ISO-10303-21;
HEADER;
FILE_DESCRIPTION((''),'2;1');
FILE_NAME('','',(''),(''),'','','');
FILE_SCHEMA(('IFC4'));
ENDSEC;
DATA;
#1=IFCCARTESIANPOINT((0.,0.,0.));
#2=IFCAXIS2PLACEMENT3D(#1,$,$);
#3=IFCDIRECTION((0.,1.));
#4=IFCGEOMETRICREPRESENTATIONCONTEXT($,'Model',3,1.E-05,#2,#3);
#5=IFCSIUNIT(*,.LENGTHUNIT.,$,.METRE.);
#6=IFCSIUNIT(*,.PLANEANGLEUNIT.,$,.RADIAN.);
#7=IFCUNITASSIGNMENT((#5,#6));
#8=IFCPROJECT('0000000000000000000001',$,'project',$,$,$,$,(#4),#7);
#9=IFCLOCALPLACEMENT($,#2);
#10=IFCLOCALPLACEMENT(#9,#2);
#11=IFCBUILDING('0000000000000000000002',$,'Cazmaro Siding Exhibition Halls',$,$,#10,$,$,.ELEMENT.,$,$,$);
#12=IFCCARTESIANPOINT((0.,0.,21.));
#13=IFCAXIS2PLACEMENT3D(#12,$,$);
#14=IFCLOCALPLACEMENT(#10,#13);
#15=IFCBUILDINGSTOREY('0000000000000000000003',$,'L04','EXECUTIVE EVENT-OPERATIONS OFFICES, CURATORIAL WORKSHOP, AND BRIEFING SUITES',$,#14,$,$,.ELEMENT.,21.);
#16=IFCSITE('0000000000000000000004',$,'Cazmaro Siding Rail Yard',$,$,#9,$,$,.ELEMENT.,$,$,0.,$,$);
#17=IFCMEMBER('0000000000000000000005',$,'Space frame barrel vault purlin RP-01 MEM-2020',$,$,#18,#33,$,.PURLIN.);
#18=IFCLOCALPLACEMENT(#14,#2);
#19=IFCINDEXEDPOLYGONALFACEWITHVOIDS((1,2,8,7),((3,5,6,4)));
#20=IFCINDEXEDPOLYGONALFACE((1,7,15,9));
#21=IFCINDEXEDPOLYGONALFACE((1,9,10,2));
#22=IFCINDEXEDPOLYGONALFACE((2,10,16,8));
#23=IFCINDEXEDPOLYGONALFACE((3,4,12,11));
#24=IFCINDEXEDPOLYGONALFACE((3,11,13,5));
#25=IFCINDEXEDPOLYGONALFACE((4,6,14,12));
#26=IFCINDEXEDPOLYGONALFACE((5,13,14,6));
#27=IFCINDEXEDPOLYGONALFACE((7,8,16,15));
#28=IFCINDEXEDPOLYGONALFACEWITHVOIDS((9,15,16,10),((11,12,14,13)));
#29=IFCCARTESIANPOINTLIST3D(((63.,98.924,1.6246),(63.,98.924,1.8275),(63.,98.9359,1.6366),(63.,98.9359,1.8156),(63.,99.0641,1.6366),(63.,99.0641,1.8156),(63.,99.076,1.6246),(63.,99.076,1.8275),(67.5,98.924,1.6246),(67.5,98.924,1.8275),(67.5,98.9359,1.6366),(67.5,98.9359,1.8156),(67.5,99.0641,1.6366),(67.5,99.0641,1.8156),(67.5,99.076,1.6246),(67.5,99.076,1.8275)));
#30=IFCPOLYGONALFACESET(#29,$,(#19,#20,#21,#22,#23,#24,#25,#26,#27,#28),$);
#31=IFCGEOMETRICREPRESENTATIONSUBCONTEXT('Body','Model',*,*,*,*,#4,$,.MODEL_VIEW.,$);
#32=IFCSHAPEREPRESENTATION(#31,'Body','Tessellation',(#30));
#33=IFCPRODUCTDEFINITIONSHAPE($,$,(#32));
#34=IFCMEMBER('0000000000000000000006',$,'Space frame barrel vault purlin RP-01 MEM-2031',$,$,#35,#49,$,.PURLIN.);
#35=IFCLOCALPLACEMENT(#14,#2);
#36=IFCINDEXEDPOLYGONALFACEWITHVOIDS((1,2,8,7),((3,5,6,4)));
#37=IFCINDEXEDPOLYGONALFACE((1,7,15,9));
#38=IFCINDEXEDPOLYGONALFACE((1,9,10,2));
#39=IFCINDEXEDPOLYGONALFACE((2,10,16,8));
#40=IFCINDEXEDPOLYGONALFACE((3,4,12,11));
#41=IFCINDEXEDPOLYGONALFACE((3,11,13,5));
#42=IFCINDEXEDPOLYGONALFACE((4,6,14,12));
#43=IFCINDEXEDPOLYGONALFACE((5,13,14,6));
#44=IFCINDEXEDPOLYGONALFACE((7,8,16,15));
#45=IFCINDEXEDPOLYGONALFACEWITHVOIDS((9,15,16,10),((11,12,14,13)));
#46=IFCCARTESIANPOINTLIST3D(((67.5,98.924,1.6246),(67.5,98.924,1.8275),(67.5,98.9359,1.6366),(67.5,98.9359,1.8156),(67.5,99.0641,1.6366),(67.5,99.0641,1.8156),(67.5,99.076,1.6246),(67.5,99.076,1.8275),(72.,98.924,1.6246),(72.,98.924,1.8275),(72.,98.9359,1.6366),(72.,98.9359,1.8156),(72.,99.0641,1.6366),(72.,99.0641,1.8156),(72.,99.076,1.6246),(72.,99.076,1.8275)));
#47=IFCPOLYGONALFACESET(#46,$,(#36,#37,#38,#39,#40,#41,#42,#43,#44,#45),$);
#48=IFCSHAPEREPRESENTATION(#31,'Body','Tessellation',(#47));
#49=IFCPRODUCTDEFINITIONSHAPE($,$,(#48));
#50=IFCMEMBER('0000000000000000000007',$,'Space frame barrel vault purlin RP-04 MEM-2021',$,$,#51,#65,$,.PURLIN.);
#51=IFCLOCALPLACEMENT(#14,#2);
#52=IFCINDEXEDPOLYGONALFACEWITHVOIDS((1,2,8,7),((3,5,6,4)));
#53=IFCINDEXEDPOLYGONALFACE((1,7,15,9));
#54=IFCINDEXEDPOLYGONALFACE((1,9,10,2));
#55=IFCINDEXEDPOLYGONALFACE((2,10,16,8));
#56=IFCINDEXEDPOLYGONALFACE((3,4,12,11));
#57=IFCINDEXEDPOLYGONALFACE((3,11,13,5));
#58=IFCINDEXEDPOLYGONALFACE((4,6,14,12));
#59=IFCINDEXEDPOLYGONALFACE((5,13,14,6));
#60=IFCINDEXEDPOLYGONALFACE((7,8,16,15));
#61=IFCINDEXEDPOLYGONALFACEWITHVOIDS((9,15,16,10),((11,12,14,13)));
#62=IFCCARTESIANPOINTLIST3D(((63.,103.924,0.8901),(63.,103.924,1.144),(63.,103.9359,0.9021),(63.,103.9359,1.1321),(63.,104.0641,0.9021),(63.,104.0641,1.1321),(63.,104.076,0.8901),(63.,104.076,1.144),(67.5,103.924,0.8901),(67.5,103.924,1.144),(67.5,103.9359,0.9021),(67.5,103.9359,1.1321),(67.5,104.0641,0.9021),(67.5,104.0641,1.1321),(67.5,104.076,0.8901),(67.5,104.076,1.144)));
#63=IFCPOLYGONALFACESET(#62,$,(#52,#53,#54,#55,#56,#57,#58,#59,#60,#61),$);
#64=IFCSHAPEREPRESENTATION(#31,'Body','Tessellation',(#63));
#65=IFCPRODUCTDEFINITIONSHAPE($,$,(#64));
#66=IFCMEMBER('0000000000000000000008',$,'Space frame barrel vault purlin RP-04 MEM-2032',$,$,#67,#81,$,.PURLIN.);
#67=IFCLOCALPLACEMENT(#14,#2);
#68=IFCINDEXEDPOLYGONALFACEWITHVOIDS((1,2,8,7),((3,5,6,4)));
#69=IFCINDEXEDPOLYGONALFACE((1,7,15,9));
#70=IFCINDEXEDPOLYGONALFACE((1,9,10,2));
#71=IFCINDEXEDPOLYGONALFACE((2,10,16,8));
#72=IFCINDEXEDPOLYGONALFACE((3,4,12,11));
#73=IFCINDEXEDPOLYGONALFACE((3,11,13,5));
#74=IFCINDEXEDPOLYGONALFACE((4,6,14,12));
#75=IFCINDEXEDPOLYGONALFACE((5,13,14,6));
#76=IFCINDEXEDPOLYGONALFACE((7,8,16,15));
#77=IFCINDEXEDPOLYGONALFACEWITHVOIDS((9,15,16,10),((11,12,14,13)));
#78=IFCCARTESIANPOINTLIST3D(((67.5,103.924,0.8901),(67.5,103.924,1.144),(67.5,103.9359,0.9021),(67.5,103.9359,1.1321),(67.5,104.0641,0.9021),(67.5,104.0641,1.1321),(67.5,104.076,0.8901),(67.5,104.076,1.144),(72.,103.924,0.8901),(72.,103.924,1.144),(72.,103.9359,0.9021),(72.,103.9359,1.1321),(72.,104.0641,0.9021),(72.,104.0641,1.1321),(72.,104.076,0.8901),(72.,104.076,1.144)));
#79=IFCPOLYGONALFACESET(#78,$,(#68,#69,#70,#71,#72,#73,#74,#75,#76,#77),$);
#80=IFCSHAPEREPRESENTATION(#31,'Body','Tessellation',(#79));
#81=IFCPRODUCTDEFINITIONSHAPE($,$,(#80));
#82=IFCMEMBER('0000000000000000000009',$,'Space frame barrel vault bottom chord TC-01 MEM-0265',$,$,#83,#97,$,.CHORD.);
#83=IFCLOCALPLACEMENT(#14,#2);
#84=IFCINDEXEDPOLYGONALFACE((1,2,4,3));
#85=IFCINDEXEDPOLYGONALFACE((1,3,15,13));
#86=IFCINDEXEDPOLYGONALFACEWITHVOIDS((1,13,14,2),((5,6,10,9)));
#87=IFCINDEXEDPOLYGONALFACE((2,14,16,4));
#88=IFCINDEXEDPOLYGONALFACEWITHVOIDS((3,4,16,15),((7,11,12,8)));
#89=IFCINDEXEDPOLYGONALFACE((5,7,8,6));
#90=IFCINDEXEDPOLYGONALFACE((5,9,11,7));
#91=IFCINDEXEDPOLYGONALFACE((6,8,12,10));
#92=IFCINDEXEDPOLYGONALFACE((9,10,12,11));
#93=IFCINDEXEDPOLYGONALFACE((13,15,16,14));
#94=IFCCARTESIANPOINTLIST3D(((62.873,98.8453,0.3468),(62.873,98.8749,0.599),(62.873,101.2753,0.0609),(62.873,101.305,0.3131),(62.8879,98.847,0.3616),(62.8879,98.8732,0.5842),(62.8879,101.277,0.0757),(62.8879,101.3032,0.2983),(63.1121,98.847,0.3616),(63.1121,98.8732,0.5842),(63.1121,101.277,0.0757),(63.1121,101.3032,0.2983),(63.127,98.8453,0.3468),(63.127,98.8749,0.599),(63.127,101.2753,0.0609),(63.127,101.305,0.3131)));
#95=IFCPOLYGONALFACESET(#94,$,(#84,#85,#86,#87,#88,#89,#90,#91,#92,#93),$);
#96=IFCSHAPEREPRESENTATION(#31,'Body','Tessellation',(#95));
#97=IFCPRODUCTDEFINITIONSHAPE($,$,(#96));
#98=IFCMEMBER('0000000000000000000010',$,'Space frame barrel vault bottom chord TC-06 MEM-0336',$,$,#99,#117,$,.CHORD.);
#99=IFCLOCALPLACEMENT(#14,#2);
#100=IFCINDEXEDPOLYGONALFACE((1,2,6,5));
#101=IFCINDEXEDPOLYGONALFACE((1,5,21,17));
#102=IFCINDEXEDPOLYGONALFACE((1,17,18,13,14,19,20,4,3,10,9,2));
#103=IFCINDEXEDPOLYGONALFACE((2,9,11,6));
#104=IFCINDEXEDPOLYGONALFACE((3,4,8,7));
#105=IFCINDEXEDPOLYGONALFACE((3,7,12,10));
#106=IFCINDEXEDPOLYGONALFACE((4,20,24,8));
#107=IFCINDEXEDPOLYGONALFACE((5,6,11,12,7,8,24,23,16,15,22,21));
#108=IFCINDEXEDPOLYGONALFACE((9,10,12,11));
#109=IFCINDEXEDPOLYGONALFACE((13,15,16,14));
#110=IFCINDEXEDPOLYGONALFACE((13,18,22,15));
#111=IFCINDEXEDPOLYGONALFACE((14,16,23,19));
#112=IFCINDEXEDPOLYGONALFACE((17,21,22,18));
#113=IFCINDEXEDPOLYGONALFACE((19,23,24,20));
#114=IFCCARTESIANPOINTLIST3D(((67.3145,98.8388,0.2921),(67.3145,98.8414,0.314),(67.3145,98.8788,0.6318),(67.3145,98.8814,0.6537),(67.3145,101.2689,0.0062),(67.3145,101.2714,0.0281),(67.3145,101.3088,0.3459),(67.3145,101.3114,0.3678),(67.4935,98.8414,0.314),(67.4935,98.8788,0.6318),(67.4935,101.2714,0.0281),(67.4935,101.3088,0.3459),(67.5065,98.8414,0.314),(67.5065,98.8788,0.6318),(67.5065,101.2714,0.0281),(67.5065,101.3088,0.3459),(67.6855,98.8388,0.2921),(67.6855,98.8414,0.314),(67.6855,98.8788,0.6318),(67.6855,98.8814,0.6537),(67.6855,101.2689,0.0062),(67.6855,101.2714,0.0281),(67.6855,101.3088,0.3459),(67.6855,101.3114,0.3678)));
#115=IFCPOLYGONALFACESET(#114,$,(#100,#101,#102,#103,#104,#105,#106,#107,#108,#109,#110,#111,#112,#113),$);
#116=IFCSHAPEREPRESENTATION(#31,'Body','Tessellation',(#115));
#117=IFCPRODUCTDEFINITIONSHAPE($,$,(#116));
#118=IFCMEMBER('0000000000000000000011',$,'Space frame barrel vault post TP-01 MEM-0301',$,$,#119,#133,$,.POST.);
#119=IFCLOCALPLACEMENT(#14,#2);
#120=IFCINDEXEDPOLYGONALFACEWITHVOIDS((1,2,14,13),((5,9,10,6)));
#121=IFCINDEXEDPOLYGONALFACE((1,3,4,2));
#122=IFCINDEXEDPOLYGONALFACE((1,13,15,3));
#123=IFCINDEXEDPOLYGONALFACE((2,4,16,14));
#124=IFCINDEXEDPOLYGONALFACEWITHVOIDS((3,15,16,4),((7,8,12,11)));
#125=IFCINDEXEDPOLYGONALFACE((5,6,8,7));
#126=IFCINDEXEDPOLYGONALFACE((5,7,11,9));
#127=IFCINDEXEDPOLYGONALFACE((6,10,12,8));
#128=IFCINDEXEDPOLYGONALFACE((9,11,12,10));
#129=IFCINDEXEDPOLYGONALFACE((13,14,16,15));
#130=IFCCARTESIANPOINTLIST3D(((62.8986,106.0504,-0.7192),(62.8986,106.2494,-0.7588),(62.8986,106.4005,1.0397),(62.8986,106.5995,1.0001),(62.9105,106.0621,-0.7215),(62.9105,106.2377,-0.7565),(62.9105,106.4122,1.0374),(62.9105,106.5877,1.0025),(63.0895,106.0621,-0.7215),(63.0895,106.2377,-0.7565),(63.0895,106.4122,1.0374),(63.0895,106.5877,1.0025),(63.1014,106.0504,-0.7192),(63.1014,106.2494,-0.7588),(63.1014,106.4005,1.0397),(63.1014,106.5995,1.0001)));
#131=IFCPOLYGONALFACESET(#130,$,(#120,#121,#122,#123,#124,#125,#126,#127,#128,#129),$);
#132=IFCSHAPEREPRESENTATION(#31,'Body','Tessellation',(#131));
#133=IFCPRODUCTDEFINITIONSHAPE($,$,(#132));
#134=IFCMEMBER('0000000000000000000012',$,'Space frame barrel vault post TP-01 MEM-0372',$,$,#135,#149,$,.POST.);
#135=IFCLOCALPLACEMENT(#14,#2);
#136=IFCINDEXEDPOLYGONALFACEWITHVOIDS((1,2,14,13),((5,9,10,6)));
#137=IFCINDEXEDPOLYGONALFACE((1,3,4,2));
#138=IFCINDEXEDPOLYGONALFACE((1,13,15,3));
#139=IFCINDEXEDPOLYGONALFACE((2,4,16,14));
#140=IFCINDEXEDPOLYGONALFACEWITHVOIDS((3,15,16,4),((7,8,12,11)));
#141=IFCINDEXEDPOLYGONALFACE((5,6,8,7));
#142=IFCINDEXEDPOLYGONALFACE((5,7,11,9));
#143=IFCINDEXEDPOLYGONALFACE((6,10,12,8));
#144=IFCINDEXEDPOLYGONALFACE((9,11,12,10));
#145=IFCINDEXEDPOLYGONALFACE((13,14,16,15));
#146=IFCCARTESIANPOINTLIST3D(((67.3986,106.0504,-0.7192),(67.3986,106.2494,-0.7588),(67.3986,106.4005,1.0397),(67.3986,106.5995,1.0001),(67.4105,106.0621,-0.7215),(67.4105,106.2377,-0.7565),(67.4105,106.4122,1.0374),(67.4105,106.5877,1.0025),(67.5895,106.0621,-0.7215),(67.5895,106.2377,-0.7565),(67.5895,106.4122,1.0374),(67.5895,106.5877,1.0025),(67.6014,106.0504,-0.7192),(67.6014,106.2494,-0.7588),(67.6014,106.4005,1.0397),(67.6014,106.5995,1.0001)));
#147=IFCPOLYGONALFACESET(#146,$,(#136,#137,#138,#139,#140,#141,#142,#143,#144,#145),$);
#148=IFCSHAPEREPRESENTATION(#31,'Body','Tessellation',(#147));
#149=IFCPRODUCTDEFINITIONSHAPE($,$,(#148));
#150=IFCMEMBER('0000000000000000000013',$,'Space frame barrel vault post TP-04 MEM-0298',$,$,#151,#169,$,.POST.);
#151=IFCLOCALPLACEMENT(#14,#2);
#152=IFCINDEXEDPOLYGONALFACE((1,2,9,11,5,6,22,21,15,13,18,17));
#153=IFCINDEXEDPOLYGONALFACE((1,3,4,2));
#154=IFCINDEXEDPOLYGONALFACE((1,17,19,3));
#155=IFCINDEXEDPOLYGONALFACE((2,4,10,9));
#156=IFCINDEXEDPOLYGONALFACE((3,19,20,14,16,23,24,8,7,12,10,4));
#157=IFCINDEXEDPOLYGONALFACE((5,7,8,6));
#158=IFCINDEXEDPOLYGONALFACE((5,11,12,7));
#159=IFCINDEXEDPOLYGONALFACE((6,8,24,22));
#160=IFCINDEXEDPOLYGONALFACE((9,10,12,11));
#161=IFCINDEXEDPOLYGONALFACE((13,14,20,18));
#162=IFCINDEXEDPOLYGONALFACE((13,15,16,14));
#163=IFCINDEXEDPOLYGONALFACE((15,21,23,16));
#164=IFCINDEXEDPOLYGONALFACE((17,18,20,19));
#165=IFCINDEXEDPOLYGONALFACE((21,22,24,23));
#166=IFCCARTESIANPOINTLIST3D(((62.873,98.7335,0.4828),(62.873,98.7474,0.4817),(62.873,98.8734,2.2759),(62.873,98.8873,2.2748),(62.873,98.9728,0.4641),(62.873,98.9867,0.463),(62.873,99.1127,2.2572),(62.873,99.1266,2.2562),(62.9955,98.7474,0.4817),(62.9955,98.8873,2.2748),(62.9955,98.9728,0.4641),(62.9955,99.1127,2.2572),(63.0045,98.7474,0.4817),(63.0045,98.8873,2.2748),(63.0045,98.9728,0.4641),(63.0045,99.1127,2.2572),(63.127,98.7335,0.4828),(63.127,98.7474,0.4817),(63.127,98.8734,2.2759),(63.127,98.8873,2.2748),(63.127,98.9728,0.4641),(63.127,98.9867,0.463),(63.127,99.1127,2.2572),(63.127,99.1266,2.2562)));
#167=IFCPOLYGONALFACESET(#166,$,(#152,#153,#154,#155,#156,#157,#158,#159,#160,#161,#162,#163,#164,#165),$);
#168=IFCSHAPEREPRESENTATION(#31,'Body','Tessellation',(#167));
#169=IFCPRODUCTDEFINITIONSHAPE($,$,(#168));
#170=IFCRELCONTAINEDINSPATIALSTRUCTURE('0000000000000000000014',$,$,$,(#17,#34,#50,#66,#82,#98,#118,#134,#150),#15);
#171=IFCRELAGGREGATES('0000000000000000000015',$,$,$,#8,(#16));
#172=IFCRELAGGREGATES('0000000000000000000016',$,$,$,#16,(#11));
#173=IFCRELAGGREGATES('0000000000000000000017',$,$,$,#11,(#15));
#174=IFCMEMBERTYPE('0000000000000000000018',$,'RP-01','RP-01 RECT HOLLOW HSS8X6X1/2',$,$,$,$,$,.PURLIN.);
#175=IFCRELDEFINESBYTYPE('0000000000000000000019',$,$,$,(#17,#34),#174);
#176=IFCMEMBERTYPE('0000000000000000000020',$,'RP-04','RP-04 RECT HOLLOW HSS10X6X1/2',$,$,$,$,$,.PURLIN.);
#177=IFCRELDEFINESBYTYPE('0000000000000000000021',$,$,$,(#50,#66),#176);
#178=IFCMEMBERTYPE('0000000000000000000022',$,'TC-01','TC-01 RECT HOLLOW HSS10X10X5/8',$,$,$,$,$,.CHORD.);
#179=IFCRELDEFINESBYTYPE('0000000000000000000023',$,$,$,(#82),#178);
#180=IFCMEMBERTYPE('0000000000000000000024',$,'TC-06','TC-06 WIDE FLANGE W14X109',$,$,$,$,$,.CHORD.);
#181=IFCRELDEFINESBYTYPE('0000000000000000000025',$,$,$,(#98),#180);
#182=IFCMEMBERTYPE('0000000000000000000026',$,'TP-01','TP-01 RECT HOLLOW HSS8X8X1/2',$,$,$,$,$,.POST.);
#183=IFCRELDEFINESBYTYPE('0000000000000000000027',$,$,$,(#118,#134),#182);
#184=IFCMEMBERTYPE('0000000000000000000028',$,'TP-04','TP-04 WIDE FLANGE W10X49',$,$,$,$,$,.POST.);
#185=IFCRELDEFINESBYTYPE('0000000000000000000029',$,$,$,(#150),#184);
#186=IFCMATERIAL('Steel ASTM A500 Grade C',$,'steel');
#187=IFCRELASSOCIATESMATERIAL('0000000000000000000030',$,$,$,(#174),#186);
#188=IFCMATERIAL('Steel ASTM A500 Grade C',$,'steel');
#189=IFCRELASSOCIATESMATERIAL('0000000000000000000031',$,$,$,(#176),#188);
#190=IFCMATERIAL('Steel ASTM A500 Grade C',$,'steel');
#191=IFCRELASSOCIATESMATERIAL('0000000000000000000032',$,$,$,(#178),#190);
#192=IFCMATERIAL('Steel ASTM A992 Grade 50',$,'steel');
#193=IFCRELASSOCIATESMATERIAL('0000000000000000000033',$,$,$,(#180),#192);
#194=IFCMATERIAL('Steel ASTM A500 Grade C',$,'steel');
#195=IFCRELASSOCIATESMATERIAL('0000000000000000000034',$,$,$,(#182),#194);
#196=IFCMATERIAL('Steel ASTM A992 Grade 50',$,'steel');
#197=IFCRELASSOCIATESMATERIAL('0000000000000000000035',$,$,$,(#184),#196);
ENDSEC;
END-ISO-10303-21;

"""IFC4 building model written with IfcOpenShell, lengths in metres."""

from ifc_helpers import new_model, si_unit, direction, frame, origin, origin_2d, place, context, subcontext, project, spatial, hollow_rectangle, i_section, extrude, material, material_profile, profile_set, type_object, element, save


model = new_model("IFC4")

# Units and contexts
model_context = context("Model", 3, precision=1e-05, world=origin(), true_north=direction((0.0, 1.0)))
body_context = subcontext(model_context, "Body", "Model", "MODEL_VIEW")
ifc_project = project(units=[si_unit("LENGTHUNIT", "METRE"), si_unit("PLANEANGLEUNIT", "RADIAN")], contexts=[model_context])

# Site, building, storey
site_placement = place(None, origin())
site = spatial("IfcSite", under=ifc_project, at=site_placement, Name="Cazmaro Siding Rail Yard", CompositionType="ELEMENT", RefElevation=0.0)
building_placement = place(site_placement, origin())
building = spatial("IfcBuilding", under=site, at=building_placement, Name="Cazmaro Siding Exhibition Halls", CompositionType="ELEMENT")
storey_placement = place(building_placement, frame((0.0, 0.0, 21.0)))
storey = spatial("IfcBuildingStorey", under=building, at=storey_placement, Name="L04", Description="EXECUTIVE EVENT-OPERATIONS OFFICES, CURATORIAL WORKSHOP, AND BRIEFING SUITES", CompositionType="ELEMENT", Elevation=21.0)

# Members
ifc_material_1 = material(Name="Steel ASTM A500 Grade C", Category="steel")
ifc_material_profile_1 = material_profile(ifc_material_1, hollow_rectangle(XDim=0.1521, YDim=0.2029, WallThickness=0.012, at=origin_2d()), Name="HSS8X6X1/2")
ifc_profile_set_1 = profile_set([ifc_material_profile_1], Name="Steel ASTM A500 Grade C")
member_type_1 = type_object("IfcMemberType", Name="RP-01", Description="RP-01 RECT HOLLOW HSS8X6X1/2", PredefinedType="PURLIN", material=ifc_profile_set_1)
for number, where, z_axis, x_axis, name in (
    (1, (63.0, 99.0, 1.7261), (1.0, 0.0, 0.0), (0.0, 1.0, 0.0), "Space frame barrel vault purlin RP-01 MEM-2020"),
    (2, (67.5, 99.0, 1.7261), (1.0, 0.0, 0.0), (0.0, 1.0, 0.0), "Space frame barrel vault purlin RP-01 MEM-2031"),
):
    element("IfcMember", number, at=place(storey_placement, frame(where, z_axis=z_axis, x_axis=x_axis)), inside=storey, type_object=member_type_1, Name=name, PredefinedType="PURLIN", context=body_context, shape_type="SweptSolid", body=[
        extrude(hollow_rectangle(XDim=0.1521, YDim=0.2029, WallThickness=0.012, at=origin_2d()), origin(), (0.0, 0.0, 1.0), 4.5),
    ])
ifc_material_2 = material(Name="Steel ASTM A500 Grade C", Category="steel")
ifc_material_profile_2 = material_profile(ifc_material_2, hollow_rectangle(XDim=0.1521, YDim=0.2539, WallThickness=0.012, at=origin_2d()), Name="HSS10X6X1/2")
ifc_profile_set_2 = profile_set([ifc_material_profile_2], Name="Steel ASTM A500 Grade C")
member_type_2 = type_object("IfcMemberType", Name="RP-04", Description="RP-04 RECT HOLLOW HSS10X6X1/2", PredefinedType="PURLIN", material=ifc_profile_set_2)
for number, where, z_axis, x_axis, name in (
    (3, (63.0, 104.0, 1.0171), (1.0, 0.0, 0.0), (0.0, 1.0, 0.0), "Space frame barrel vault purlin RP-04 MEM-2021"),
    (4, (67.5, 104.0, 1.0171), (1.0, 0.0, 0.0), (0.0, 1.0, 0.0), "Space frame barrel vault purlin RP-04 MEM-2032"),
):
    element("IfcMember", number, at=place(storey_placement, frame(where, z_axis=z_axis, x_axis=x_axis)), inside=storey, type_object=member_type_2, Name=name, PredefinedType="PURLIN", context=body_context, shape_type="SweptSolid", body=[
        extrude(hollow_rectangle(XDim=0.1521, YDim=0.2539, WallThickness=0.012, at=origin_2d()), origin(), (0.0, 0.0, 1.0), 4.5),
    ])
ifc_material_3 = material(Name="Steel ASTM A500 Grade C", Category="steel")
ifc_material_profile_3 = material_profile(ifc_material_3, hollow_rectangle(XDim=0.2539, YDim=0.2539, WallThickness=0.0149, at=origin_2d()), Name="HSS10X10X5/8")
ifc_profile_set_3 = profile_set([ifc_material_profile_3], Name="Steel ASTM A500 Grade C")
member_type_3 = type_object("IfcMemberType", Name="TC-01", Description="TC-01 RECT HOLLOW HSS10X10X5/8", PredefinedType="CHORD", material=ifc_profile_set_3)
member_1_placement = place(storey_placement, frame((63.0, 98.8601, 0.4729), z_axis=(0.0, 0.99315, -0.116847), x_axis=(-1.0, 0.0, 0.0)))
element("IfcMember", 5, at=member_1_placement, inside=storey, type_object=member_type_3, Name="Space frame barrel vault bottom chord TC-01 MEM-0265", PredefinedType="CHORD", context=body_context, shape_type="SweptSolid", body=[
    extrude(hollow_rectangle(XDim=0.2539, YDim=0.2539, WallThickness=0.0149, at=origin_2d()), origin(), (0.0, 0.0, 1.0), 2.4468),
])
ifc_material_4 = material(Name="Steel ASTM A992 Grade 50", Category="steel")
ifc_material_profile_4 = material_profile(ifc_material_4, i_section(OverallWidth=0.3711, OverallDepth=0.364, WebThickness=0.0129, FlangeThickness=0.022, at=origin_2d()), Name="W14X109")
ifc_profile_set_4 = profile_set([ifc_material_profile_4], Name="Steel ASTM A992 Grade 50")
member_type_4 = type_object("IfcMemberType", Name="TC-06", Description="TC-06 WIDE FLANGE W14X109", PredefinedType="CHORD", material=ifc_profile_set_4)
member_2_placement = place(storey_placement, frame((67.5, 98.8601, 0.4729), z_axis=(0.0, 0.99315, -0.116847), x_axis=(-1.0, 0.0, 0.0)))
element("IfcMember", 6, at=member_2_placement, inside=storey, type_object=member_type_4, Name="Space frame barrel vault bottom chord TC-06 MEM-0336", PredefinedType="CHORD", context=body_context, shape_type="SweptSolid", body=[
    extrude(i_section(OverallWidth=0.3711, OverallDepth=0.364, WebThickness=0.0129, FlangeThickness=0.022, at=origin_2d()), origin(), (0.0, 0.0, 1.0), 2.4468),
])
ifc_material_5 = material(Name="Steel ASTM A500 Grade C", Category="steel")
ifc_material_profile_5 = material_profile(ifc_material_5, hollow_rectangle(XDim=0.2029, YDim=0.2029, WallThickness=0.012, at=origin_2d()), Name="HSS8X8X1/2")
ifc_profile_set_5 = profile_set([ifc_material_profile_5], Name="Steel ASTM A500 Grade C")
member_type_5 = type_object("IfcMemberType", Name="TP-01", Description="TP-01 RECT HOLLOW HSS8X8X1/2", PredefinedType="POST", material=ifc_profile_set_5)
for number, where, z_axis, x_axis, name in (
    (7, (63.0, 106.1499, -0.739), (0.0, 0.1952, 0.980763), (-1.0, 0.0, 0.0), "Space frame barrel vault post TP-01 MEM-0301"),
    (8, (67.5, 106.1499, -0.739), (0.0, 0.1952, 0.980763), (-1.0, 0.0, 0.0), "Space frame barrel vault post TP-01 MEM-0372"),
):
    element("IfcMember", number, at=place(storey_placement, frame(where, z_axis=z_axis, x_axis=x_axis)), inside=storey, type_object=member_type_5, Name=name, PredefinedType="POST", context=body_context, shape_type="SweptSolid", body=[
        extrude(hollow_rectangle(XDim=0.2029, YDim=0.2029, WallThickness=0.012, at=origin_2d()), origin(), (0.0, 0.0, 1.0), 1.7935),
    ])
ifc_material_6 = material(Name="Steel ASTM A992 Grade 50", Category="steel")
ifc_material_profile_6 = material_profile(ifc_material_6, i_section(OverallWidth=0.2539, OverallDepth=0.2539, WebThickness=0.009, FlangeThickness=0.0139, at=origin_2d()), Name="W10X49")
ifc_profile_set_6 = profile_set([ifc_material_profile_6], Name="Steel ASTM A992 Grade 50")
member_type_6 = type_object("IfcMemberType", Name="TP-04", Description="TP-04 WIDE FLANGE W10X49", PredefinedType="POST", material=ifc_profile_set_6)
member_3_placement = place(storey_placement, frame((63.0, 98.8601, 0.4729), z_axis=(0.0, 0.077776, 0.996971), x_axis=(-1.0, 0.0, 0.0)))
element("IfcMember", 9, at=member_3_placement, inside=storey, type_object=member_type_6, Name="Space frame barrel vault post TP-04 MEM-0298", PredefinedType="POST", context=body_context, shape_type="SweptSolid", body=[
    extrude(i_section(OverallWidth=0.2539, OverallDepth=0.2539, WebThickness=0.009, FlangeThickness=0.0139, at=origin_2d()), origin(), (0.0, 0.0, 1.0), 1.7986),
])

save(model, "model.ifc")
